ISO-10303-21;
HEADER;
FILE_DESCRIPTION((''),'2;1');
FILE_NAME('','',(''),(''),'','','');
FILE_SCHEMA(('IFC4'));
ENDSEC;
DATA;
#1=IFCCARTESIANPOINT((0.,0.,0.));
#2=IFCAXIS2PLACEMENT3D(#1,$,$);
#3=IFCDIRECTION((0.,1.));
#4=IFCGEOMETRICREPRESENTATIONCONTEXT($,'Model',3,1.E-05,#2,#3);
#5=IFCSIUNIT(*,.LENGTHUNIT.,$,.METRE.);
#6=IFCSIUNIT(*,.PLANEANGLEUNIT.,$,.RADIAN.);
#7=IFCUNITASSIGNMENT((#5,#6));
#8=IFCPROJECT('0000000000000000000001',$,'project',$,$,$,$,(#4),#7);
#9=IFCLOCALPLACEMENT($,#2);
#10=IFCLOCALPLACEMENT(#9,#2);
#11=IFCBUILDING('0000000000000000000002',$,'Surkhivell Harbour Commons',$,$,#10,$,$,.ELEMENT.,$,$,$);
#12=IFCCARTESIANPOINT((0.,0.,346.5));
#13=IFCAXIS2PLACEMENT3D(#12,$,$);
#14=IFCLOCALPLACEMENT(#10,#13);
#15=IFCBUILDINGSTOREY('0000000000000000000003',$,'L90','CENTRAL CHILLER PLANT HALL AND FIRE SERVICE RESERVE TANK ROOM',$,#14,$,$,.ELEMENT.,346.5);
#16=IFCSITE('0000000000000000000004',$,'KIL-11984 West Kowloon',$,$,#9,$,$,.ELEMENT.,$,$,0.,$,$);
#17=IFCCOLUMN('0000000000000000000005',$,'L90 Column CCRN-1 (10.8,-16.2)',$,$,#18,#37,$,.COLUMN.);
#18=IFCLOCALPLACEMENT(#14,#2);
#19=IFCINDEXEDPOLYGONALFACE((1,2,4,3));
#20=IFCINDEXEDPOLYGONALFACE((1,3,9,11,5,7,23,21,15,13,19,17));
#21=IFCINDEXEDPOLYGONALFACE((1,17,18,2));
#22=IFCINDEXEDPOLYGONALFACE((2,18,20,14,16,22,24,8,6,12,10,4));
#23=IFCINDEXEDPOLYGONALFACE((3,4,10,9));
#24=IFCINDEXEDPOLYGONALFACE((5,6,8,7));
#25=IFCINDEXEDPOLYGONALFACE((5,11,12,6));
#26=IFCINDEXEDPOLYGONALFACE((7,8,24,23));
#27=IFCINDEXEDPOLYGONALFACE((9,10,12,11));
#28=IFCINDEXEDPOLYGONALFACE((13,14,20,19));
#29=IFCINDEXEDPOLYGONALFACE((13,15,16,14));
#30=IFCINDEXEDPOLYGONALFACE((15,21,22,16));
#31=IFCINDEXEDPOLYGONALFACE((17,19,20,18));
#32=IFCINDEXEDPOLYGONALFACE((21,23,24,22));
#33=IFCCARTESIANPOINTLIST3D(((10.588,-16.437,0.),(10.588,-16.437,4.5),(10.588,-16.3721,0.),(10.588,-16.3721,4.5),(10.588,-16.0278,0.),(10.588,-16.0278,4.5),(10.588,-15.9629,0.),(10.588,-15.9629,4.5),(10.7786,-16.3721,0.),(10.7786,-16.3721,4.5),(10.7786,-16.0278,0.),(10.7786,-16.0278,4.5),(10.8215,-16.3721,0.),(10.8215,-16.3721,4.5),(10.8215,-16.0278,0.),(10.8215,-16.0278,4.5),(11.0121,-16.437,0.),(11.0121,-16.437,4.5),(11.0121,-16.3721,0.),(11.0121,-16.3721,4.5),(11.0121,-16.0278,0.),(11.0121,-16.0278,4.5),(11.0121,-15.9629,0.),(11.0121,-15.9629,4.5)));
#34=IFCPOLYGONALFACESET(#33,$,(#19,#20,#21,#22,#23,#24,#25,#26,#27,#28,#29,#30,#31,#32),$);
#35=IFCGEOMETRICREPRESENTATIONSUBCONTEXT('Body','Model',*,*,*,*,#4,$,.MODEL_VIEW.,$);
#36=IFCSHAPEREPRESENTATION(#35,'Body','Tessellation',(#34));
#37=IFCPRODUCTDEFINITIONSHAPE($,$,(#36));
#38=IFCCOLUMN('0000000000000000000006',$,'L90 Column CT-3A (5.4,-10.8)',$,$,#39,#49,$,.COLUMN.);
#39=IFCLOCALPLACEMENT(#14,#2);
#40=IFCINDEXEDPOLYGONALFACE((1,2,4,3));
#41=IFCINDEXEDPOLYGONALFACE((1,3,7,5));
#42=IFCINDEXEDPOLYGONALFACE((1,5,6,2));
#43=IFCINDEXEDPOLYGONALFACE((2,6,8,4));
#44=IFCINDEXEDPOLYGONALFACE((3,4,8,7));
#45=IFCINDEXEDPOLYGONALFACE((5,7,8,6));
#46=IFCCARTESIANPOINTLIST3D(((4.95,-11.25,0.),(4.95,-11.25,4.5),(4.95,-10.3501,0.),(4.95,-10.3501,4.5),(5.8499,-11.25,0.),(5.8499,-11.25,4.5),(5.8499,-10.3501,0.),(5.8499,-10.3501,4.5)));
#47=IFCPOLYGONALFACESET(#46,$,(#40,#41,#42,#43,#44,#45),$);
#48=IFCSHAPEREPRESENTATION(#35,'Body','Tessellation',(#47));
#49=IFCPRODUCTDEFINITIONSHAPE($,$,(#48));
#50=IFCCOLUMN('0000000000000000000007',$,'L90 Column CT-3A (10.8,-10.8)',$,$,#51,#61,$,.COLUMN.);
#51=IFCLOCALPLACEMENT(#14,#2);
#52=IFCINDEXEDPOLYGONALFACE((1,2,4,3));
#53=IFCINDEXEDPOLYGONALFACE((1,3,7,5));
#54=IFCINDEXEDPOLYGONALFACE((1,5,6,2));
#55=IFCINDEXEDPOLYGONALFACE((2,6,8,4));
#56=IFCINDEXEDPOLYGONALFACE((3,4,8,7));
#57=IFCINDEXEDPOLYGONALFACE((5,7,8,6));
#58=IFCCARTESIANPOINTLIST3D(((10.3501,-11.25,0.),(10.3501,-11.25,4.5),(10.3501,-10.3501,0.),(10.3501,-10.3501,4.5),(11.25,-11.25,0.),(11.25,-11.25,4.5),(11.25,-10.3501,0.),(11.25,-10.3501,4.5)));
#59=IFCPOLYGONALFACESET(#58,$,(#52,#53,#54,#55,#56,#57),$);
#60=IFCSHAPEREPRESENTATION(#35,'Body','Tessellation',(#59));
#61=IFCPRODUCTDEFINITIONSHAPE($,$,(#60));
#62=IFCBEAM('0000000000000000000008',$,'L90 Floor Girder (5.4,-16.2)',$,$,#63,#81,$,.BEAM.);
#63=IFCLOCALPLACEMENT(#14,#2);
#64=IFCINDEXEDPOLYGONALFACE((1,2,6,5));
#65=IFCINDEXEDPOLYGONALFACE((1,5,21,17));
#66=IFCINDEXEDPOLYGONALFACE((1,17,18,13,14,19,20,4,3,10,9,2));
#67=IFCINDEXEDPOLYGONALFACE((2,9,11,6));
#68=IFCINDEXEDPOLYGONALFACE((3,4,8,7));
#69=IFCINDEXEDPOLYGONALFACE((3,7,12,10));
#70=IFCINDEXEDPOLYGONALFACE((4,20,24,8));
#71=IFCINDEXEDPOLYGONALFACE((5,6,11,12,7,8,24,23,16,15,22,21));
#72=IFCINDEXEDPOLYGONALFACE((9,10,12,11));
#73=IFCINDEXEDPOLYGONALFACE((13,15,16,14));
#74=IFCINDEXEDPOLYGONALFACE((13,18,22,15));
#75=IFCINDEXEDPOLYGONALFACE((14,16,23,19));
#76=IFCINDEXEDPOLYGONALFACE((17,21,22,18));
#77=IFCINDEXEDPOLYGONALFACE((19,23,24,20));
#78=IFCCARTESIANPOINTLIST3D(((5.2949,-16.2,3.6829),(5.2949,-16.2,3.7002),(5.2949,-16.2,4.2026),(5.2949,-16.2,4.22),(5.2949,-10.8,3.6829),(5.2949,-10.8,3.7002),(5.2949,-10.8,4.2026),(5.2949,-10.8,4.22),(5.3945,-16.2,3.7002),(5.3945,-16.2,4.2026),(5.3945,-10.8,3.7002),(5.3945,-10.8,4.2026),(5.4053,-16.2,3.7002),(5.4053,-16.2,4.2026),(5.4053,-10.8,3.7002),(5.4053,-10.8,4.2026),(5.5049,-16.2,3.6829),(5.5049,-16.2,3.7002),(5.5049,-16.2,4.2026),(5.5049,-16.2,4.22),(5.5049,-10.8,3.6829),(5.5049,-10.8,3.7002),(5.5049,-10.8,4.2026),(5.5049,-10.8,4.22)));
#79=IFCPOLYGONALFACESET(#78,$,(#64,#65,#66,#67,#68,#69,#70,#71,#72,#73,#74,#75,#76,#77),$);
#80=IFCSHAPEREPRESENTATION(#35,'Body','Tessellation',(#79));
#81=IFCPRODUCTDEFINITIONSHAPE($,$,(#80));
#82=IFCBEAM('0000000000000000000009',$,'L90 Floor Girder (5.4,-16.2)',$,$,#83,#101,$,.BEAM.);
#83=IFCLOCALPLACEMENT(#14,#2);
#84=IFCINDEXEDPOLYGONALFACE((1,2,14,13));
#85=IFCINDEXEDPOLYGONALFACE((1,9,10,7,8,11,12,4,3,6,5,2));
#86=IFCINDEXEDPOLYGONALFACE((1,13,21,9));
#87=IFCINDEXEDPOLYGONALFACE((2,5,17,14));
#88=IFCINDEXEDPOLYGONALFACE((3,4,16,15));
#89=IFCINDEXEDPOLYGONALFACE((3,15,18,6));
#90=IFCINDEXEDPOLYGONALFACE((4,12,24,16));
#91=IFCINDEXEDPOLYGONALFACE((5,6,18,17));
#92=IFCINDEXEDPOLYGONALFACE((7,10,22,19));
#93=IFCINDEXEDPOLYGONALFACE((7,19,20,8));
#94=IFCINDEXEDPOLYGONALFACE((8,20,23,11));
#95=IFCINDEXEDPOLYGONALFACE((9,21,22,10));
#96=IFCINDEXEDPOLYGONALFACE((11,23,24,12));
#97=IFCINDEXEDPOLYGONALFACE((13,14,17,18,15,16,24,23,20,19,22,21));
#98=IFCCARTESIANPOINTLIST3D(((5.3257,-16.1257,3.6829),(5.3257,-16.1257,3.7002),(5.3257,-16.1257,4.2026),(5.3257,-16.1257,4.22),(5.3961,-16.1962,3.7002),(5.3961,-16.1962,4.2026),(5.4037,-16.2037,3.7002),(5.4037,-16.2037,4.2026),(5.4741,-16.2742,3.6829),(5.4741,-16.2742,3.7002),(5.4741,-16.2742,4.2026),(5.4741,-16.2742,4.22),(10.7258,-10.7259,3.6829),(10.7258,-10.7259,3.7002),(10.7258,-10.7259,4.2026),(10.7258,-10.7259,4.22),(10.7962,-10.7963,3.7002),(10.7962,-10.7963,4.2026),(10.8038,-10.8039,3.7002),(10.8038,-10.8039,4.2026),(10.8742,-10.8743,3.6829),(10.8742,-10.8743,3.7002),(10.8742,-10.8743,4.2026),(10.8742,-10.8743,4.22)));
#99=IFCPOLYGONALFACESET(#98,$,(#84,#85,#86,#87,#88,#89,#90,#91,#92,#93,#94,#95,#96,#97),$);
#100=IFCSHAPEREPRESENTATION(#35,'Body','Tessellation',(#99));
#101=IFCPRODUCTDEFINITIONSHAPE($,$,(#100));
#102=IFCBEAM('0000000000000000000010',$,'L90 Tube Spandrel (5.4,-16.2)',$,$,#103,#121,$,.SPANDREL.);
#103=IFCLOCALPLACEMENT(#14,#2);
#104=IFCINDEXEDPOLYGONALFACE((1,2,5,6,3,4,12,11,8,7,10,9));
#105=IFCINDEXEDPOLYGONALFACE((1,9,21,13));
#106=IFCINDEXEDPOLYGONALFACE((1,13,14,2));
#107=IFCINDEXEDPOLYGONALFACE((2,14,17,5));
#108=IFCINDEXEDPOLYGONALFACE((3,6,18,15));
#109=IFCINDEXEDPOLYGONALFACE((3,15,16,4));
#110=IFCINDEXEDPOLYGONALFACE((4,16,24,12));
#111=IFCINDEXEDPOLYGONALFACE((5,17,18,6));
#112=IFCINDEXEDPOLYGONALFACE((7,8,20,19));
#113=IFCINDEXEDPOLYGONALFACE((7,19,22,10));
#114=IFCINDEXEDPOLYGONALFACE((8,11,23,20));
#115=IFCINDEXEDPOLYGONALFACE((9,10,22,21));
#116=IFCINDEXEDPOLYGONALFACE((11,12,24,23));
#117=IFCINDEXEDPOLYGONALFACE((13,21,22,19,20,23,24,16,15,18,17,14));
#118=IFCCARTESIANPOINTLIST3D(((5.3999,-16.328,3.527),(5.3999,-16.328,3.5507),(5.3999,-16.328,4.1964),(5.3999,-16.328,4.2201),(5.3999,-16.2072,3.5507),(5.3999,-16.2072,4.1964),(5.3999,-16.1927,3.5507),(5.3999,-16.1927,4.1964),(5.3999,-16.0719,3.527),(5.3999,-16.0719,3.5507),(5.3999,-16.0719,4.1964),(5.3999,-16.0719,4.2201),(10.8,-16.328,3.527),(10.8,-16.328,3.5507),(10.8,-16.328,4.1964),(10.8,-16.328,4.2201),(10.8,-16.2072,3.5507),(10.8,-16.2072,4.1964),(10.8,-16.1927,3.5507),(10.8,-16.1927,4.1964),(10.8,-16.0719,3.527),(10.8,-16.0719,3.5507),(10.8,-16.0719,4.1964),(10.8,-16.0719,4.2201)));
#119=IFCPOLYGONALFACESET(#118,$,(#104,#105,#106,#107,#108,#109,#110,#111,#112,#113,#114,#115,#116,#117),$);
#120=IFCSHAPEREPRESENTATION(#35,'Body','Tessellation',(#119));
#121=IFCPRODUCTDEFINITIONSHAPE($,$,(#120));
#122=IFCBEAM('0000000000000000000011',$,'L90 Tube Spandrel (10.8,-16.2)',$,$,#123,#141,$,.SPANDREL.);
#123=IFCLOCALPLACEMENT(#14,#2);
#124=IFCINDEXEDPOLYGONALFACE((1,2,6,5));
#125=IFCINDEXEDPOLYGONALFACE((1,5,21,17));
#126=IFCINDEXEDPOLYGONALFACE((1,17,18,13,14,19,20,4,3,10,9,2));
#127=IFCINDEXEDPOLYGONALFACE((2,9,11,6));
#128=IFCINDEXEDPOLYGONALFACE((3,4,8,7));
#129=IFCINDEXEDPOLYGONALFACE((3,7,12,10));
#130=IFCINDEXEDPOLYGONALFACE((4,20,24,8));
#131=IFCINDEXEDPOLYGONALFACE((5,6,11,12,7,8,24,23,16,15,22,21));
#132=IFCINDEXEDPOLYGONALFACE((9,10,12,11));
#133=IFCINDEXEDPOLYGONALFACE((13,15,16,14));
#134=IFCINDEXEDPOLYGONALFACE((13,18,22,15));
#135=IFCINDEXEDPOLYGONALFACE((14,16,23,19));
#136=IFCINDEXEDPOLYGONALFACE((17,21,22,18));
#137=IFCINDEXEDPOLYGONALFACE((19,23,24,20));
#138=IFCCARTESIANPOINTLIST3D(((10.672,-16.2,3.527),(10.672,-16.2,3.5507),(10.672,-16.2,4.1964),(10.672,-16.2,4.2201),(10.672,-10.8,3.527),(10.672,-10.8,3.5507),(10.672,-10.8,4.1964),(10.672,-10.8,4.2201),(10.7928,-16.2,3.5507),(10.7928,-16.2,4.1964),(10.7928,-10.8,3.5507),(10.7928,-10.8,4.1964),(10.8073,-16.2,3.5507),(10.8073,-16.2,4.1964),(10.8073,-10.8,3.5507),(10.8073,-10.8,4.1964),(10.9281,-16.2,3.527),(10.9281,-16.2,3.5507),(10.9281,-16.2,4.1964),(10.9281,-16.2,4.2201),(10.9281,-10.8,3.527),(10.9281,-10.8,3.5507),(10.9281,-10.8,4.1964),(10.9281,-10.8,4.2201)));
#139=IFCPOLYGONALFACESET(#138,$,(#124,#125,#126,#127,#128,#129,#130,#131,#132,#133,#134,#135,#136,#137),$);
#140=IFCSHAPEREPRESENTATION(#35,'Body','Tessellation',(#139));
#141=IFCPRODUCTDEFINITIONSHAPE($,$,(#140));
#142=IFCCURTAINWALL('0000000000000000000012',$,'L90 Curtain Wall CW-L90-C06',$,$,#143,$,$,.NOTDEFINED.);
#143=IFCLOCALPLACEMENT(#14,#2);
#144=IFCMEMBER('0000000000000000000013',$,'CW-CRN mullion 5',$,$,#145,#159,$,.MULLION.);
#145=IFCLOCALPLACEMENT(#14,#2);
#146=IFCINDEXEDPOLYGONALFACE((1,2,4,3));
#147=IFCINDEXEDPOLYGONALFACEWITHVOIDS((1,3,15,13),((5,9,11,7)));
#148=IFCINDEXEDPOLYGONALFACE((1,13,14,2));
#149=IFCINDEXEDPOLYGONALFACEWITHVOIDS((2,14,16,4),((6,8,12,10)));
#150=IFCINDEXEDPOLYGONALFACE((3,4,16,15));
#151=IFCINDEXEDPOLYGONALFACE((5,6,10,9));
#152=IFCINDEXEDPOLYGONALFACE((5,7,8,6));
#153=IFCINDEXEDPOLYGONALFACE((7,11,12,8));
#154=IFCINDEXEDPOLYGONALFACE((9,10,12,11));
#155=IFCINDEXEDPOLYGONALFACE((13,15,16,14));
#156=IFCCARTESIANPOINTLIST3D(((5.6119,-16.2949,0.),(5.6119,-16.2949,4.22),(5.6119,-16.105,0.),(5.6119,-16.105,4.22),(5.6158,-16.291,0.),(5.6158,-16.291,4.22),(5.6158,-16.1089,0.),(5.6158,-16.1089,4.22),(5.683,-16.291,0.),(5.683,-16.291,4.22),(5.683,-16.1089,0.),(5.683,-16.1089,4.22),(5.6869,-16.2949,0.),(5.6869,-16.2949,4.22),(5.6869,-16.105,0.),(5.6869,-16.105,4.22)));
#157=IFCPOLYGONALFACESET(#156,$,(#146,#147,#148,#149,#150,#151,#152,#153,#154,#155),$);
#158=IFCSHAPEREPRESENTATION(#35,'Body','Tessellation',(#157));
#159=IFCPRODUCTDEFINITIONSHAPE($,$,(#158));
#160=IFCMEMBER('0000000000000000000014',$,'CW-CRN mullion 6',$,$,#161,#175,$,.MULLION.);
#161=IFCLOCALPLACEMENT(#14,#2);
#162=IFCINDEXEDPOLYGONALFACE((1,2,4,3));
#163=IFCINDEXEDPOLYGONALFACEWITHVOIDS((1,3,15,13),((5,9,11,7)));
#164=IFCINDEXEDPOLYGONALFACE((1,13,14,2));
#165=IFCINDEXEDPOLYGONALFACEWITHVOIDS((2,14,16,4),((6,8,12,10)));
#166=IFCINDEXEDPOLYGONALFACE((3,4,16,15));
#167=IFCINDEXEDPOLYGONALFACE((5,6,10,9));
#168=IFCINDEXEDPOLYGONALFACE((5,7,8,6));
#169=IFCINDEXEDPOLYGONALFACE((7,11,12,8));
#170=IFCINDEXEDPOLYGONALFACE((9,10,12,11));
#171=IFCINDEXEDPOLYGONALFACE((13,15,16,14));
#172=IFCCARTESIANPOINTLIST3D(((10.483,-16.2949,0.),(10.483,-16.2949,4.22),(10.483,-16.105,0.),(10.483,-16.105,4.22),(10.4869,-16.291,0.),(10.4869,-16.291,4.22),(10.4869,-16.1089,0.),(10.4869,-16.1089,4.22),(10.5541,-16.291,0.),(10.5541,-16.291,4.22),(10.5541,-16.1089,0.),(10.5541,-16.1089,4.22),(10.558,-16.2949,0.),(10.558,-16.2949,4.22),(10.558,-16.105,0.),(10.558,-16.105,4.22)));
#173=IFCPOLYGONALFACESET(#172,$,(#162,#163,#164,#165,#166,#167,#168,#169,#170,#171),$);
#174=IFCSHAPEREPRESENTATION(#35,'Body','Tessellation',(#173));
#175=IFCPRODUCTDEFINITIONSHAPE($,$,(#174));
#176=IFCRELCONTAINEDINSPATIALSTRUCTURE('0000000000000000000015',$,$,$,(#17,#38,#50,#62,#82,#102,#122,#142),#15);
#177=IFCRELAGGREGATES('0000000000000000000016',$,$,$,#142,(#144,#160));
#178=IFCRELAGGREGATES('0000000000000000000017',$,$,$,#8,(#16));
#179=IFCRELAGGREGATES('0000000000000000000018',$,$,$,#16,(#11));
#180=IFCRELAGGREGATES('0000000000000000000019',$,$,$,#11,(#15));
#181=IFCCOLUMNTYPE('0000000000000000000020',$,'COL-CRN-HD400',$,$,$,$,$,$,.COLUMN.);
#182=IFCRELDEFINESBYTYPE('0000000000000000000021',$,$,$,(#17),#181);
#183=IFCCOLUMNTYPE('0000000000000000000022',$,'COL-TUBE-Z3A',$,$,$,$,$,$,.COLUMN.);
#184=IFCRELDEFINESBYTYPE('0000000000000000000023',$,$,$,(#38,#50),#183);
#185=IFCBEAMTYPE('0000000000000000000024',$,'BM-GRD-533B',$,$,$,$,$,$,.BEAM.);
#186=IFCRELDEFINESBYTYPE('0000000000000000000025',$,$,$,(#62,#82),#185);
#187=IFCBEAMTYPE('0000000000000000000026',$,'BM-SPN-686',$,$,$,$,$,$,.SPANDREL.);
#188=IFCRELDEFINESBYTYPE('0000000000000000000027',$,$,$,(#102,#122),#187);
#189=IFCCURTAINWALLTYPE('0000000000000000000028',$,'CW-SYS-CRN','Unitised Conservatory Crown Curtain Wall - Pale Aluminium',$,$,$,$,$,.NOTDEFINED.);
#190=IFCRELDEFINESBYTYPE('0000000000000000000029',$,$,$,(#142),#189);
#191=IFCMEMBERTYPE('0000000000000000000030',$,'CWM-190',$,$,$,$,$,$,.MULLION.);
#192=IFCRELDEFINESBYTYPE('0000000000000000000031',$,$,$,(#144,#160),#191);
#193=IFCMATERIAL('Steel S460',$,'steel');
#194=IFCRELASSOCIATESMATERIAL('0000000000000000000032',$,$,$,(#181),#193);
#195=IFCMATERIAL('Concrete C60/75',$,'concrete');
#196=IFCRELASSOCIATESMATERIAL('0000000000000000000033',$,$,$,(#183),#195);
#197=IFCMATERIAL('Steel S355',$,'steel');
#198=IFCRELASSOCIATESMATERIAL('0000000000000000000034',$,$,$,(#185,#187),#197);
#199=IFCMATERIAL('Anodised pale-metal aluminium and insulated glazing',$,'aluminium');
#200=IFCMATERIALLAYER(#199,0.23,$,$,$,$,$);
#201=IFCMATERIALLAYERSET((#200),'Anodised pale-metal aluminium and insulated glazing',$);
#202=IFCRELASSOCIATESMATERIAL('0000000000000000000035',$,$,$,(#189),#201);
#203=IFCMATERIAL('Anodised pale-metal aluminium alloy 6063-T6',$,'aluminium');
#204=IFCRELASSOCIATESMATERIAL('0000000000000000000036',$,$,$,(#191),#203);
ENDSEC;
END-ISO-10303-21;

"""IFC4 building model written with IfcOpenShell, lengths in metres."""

from ifc_helpers import new_model, si_unit, direction, frame, origin, origin_2d, place, context, subcontext, project, spatial, rectangle, hollow_rectangle, i_section, extrude, material, layer, layer_set, material_profile, profile_set, type_object, element, aggregate, save


model = new_model("IFC4")

# Units and contexts
model_context = context("Model", 3, precision=1e-05, world=origin(), true_north=direction((0.0, 1.0)))
body_context = subcontext(model_context, "Body", "Model", "MODEL_VIEW")
ifc_project = project(units=[si_unit("LENGTHUNIT", "METRE"), si_unit("PLANEANGLEUNIT", "RADIAN")], contexts=[model_context])

# Site, building, storey
site_placement = place(None, origin())
site = spatial("IfcSite", under=ifc_project, at=site_placement, Name="KIL-11984 West Kowloon", CompositionType="ELEMENT", RefElevation=0.0)
building_placement = place(site_placement, origin())
building = spatial("IfcBuilding", under=site, at=building_placement, Name="Surkhivell Harbour Commons", CompositionType="ELEMENT")
storey_placement = place(building_placement, frame((0.0, 0.0, 346.5)))
storey = spatial("IfcBuildingStorey", under=building, at=storey_placement, Name="L90", Description="CENTRAL CHILLER PLANT HALL AND FIRE SERVICE RESERVE TANK ROOM", CompositionType="ELEMENT", Elevation=346.5)

# Columns
ifc_material_1 = material(Name="Steel S460", Category="steel")
ifc_material_profile_1 = material_profile(ifc_material_1, i_section(OverallWidth=0.4241, OverallDepth=0.4741, WebThickness=0.043, FlangeThickness=0.0649, at=origin_2d()), Name="HD400x634")
ifc_profile_set_1 = profile_set([ifc_material_profile_1], Name="Steel S460")
column_type_1 = type_object("IfcColumnType", Name="COL-CRN-HD400", PredefinedType="COLUMN", material=ifc_profile_set_1)
column_placement = place(storey_placement, frame((10.8, -16.2, 0.0), z_axis=(0.0, 0.0, 1.0), x_axis=(1.0, 0.0, 0.0)))
element("IfcColumn", 1, at=column_placement, inside=storey, type_object=column_type_1, Name="L90 Column CCRN-1 (10.8,-16.2)", PredefinedType="COLUMN", context=body_context, shape_type="SweptSolid", body=[
    extrude(i_section(OverallWidth=0.4241, OverallDepth=0.4741, WebThickness=0.043, FlangeThickness=0.0649, at=origin_2d()), origin(), (0.0, 0.0, 1.0), 4.5),
])
ifc_material_2 = material(Name="Concrete C60/75", Category="concrete")
ifc_material_profile_2 = material_profile(ifc_material_2, rectangle(XDim=0.8999, YDim=0.8999, at=origin_2d()), Name="RC-COL-900x900")
ifc_profile_set_2 = profile_set([ifc_material_profile_2], Name="Concrete C60/75")
column_type_2 = type_object("IfcColumnType", Name="COL-TUBE-Z3A", PredefinedType="COLUMN", material=ifc_profile_set_2)
for number, where, z_axis, x_axis, name in (
    (2, (5.3999, -10.8, 0.0), (0.0, 0.0, 1.0), (1.0, 0.0, 0.0), "L90 Column CT-3A (5.4,-10.8)"),
    (3, (10.8, -10.8, 0.0), (0.0, 0.0, 1.0), (1.0, 0.0, 0.0), "L90 Column CT-3A (10.8,-10.8)"),
):
    element("IfcColumn", number, at=place(storey_placement, frame(where, z_axis=z_axis, x_axis=x_axis)), inside=storey, type_object=column_type_2, Name=name, PredefinedType="COLUMN", context=body_context, shape_type="SweptSolid", body=[
        extrude(rectangle(XDim=0.8999, YDim=0.8999, at=origin_2d()), origin(), (0.0, 0.0, 1.0), 4.5),
    ])

# Beams
ifc_material_3 = material(Name="Steel S355", Category="steel")
ifc_material_profile_3 = material_profile(ifc_material_3, i_section(OverallWidth=0.21, OverallDepth=0.5371, WebThickness=0.0107, FlangeThickness=0.0173, at=origin_2d()), Name="UB533x210x101")
ifc_profile_set_3 = profile_set([ifc_material_profile_3], Name="Steel S355")
beam_type_1 = type_object("IfcBeamType", Name="BM-GRD-533B", PredefinedType="BEAM", material=ifc_profile_set_3)
beam_1_placement = place(storey_placement, frame((5.3999, -16.2, 3.9514), z_axis=(0.0, 1.0, 0.0), x_axis=(-1.0, 0.0, 0.0)))
element("IfcBeam", 4, at=beam_1_placement, inside=storey, type_object=beam_type_1, Name="L90 Floor Girder (5.4,-16.2)", PredefinedType="BEAM", context=body_context, shape_type="SweptSolid", body=[
    extrude(i_section(OverallWidth=0.21, OverallDepth=0.5371, WebThickness=0.0107, FlangeThickness=0.0173, at=origin_2d()), origin(), (0.0, 0.0, 1.0), 5.3999),
])
beam_2_placement = place(storey_placement, frame((5.3999, -16.2, 3.9514), z_axis=(0.707123, 0.707091, 0.0), x_axis=(-0.707091, 0.707123, 0.0)))
element("IfcBeam", 5, at=beam_2_placement, inside=storey, type_object=beam_type_1, Name="L90 Floor Girder (5.4,-16.2)", PredefinedType="BEAM", context=body_context, shape_type="SweptSolid", body=[
    extrude(i_section(OverallWidth=0.21, OverallDepth=0.5371, WebThickness=0.0107, FlangeThickness=0.0173, at=origin_2d()), origin(), (0.0, 0.0, 1.0), 7.6367),
])
ifc_material_profile_4 = material_profile(ifc_material_3, i_section(OverallWidth=0.2561, OverallDepth=0.6931, WebThickness=0.0144, FlangeThickness=0.0237, at=origin_2d()), Name="UB686x254x170")
ifc_profile_set_4 = profile_set([ifc_material_profile_4], Name="Steel S355")
beam_type_2 = type_object("IfcBeamType", Name="BM-SPN-686", PredefinedType="SPANDREL", material=ifc_profile_set_4)
beam_3_placement = place(storey_placement, frame((5.3999, -16.2, 3.8735), z_axis=(1.0, 0.0, 0.0), x_axis=(0.0, 1.0, 0.0)))
element("IfcBeam", 6, at=beam_3_placement, inside=storey, type_object=beam_type_2, Name="L90 Tube Spandrel (5.4,-16.2)", PredefinedType="SPANDREL", context=body_context, shape_type="SweptSolid", body=[
    extrude(i_section(OverallWidth=0.2561, OverallDepth=0.6931, WebThickness=0.0144, FlangeThickness=0.0237, at=origin_2d()), origin(), (0.0, 0.0, 1.0), 5.4001),
])
beam_4_placement = place(storey_placement, frame((10.8, -16.2, 3.8735), z_axis=(0.0, 1.0, 0.0), x_axis=(-1.0, 0.0, 0.0)))
element("IfcBeam", 7, at=beam_4_placement, inside=storey, type_object=beam_type_2, Name="L90 Tube Spandrel (10.8,-16.2)", PredefinedType="SPANDREL", context=body_context, shape_type="SweptSolid", body=[
    extrude(i_section(OverallWidth=0.2561, OverallDepth=0.6931, WebThickness=0.0144, FlangeThickness=0.0237, at=origin_2d()), origin(), (0.0, 0.0, 1.0), 5.3999),
])

# Curtain wall, members
ifc_material_4 = material(Name="Anodised pale-metal aluminium and insulated glazing", Category="aluminium")
ifc_layer_1 = layer(ifc_material_4, 0.23)
ifc_layer_set_1 = layer_set([ifc_layer_1], Name="Anodised pale-metal aluminium and insulated glazing")
curtain_wall_type = type_object("IfcCurtainWallType", Name="CW-SYS-CRN", Description="Unitised Conservatory Crown Curtain Wall - Pale Aluminium", PredefinedType="NOTDEFINED", material=ifc_layer_set_1)
curtain_wall_1_placement = place(storey_placement, origin())
curtain_wall_1 = element("IfcCurtainWall", 8, at=curtain_wall_1_placement, inside=storey, type_object=curtain_wall_type, Name="L90 Curtain Wall CW-L90-C06", PredefinedType="NOTDEFINED")
ifc_material_5 = material(Name="Anodised pale-metal aluminium alloy 6063-T6", Category="aluminium")
ifc_material_profile_5 = material_profile(ifc_material_5, hollow_rectangle(XDim=0.075, YDim=0.1899, WallThickness=0.0039, at=origin_2d()), Name="ALU-MULL-75x190")
ifc_profile_set_5 = profile_set([ifc_material_profile_5], Name="Anodised pale-metal aluminium alloy 6063-T6")
member_type_1 = type_object("IfcMemberType", Name="CWM-190", PredefinedType="MULLION", material=ifc_profile_set_5)
member_1_placement = place(storey_placement, frame((5.6494, -16.2, 0.0), z_axis=(0.0, 0.0, 1.0), x_axis=(1.0, 0.0, 0.0)))
member_1 = element("IfcMember", 9, at=member_1_placement, type_object=member_type_1, Name="CW-CRN mullion 5", PredefinedType="MULLION", context=body_context, shape_type="SweptSolid", body=[
    extrude(hollow_rectangle(XDim=0.075, YDim=0.1899, WallThickness=0.0039, at=origin_2d()), origin(), (0.0, 0.0, 1.0), 4.22),
])
member_2_placement = place(storey_placement, frame((10.5205, -16.2, 0.0), z_axis=(0.0, 0.0, 1.0), x_axis=(1.0, 0.0, 0.0)))
member_2 = element("IfcMember", 10, at=member_2_placement, type_object=member_type_1, Name="CW-CRN mullion 6", PredefinedType="MULLION", context=body_context, shape_type="SweptSolid", body=[
    extrude(hollow_rectangle(XDim=0.075, YDim=0.1899, WallThickness=0.0039, at=origin_2d()), origin(), (0.0, 0.0, 1.0), 4.22),
])

aggregate(curtain_wall_1, [member_1, member_2])

save(model, "model.ifc")
